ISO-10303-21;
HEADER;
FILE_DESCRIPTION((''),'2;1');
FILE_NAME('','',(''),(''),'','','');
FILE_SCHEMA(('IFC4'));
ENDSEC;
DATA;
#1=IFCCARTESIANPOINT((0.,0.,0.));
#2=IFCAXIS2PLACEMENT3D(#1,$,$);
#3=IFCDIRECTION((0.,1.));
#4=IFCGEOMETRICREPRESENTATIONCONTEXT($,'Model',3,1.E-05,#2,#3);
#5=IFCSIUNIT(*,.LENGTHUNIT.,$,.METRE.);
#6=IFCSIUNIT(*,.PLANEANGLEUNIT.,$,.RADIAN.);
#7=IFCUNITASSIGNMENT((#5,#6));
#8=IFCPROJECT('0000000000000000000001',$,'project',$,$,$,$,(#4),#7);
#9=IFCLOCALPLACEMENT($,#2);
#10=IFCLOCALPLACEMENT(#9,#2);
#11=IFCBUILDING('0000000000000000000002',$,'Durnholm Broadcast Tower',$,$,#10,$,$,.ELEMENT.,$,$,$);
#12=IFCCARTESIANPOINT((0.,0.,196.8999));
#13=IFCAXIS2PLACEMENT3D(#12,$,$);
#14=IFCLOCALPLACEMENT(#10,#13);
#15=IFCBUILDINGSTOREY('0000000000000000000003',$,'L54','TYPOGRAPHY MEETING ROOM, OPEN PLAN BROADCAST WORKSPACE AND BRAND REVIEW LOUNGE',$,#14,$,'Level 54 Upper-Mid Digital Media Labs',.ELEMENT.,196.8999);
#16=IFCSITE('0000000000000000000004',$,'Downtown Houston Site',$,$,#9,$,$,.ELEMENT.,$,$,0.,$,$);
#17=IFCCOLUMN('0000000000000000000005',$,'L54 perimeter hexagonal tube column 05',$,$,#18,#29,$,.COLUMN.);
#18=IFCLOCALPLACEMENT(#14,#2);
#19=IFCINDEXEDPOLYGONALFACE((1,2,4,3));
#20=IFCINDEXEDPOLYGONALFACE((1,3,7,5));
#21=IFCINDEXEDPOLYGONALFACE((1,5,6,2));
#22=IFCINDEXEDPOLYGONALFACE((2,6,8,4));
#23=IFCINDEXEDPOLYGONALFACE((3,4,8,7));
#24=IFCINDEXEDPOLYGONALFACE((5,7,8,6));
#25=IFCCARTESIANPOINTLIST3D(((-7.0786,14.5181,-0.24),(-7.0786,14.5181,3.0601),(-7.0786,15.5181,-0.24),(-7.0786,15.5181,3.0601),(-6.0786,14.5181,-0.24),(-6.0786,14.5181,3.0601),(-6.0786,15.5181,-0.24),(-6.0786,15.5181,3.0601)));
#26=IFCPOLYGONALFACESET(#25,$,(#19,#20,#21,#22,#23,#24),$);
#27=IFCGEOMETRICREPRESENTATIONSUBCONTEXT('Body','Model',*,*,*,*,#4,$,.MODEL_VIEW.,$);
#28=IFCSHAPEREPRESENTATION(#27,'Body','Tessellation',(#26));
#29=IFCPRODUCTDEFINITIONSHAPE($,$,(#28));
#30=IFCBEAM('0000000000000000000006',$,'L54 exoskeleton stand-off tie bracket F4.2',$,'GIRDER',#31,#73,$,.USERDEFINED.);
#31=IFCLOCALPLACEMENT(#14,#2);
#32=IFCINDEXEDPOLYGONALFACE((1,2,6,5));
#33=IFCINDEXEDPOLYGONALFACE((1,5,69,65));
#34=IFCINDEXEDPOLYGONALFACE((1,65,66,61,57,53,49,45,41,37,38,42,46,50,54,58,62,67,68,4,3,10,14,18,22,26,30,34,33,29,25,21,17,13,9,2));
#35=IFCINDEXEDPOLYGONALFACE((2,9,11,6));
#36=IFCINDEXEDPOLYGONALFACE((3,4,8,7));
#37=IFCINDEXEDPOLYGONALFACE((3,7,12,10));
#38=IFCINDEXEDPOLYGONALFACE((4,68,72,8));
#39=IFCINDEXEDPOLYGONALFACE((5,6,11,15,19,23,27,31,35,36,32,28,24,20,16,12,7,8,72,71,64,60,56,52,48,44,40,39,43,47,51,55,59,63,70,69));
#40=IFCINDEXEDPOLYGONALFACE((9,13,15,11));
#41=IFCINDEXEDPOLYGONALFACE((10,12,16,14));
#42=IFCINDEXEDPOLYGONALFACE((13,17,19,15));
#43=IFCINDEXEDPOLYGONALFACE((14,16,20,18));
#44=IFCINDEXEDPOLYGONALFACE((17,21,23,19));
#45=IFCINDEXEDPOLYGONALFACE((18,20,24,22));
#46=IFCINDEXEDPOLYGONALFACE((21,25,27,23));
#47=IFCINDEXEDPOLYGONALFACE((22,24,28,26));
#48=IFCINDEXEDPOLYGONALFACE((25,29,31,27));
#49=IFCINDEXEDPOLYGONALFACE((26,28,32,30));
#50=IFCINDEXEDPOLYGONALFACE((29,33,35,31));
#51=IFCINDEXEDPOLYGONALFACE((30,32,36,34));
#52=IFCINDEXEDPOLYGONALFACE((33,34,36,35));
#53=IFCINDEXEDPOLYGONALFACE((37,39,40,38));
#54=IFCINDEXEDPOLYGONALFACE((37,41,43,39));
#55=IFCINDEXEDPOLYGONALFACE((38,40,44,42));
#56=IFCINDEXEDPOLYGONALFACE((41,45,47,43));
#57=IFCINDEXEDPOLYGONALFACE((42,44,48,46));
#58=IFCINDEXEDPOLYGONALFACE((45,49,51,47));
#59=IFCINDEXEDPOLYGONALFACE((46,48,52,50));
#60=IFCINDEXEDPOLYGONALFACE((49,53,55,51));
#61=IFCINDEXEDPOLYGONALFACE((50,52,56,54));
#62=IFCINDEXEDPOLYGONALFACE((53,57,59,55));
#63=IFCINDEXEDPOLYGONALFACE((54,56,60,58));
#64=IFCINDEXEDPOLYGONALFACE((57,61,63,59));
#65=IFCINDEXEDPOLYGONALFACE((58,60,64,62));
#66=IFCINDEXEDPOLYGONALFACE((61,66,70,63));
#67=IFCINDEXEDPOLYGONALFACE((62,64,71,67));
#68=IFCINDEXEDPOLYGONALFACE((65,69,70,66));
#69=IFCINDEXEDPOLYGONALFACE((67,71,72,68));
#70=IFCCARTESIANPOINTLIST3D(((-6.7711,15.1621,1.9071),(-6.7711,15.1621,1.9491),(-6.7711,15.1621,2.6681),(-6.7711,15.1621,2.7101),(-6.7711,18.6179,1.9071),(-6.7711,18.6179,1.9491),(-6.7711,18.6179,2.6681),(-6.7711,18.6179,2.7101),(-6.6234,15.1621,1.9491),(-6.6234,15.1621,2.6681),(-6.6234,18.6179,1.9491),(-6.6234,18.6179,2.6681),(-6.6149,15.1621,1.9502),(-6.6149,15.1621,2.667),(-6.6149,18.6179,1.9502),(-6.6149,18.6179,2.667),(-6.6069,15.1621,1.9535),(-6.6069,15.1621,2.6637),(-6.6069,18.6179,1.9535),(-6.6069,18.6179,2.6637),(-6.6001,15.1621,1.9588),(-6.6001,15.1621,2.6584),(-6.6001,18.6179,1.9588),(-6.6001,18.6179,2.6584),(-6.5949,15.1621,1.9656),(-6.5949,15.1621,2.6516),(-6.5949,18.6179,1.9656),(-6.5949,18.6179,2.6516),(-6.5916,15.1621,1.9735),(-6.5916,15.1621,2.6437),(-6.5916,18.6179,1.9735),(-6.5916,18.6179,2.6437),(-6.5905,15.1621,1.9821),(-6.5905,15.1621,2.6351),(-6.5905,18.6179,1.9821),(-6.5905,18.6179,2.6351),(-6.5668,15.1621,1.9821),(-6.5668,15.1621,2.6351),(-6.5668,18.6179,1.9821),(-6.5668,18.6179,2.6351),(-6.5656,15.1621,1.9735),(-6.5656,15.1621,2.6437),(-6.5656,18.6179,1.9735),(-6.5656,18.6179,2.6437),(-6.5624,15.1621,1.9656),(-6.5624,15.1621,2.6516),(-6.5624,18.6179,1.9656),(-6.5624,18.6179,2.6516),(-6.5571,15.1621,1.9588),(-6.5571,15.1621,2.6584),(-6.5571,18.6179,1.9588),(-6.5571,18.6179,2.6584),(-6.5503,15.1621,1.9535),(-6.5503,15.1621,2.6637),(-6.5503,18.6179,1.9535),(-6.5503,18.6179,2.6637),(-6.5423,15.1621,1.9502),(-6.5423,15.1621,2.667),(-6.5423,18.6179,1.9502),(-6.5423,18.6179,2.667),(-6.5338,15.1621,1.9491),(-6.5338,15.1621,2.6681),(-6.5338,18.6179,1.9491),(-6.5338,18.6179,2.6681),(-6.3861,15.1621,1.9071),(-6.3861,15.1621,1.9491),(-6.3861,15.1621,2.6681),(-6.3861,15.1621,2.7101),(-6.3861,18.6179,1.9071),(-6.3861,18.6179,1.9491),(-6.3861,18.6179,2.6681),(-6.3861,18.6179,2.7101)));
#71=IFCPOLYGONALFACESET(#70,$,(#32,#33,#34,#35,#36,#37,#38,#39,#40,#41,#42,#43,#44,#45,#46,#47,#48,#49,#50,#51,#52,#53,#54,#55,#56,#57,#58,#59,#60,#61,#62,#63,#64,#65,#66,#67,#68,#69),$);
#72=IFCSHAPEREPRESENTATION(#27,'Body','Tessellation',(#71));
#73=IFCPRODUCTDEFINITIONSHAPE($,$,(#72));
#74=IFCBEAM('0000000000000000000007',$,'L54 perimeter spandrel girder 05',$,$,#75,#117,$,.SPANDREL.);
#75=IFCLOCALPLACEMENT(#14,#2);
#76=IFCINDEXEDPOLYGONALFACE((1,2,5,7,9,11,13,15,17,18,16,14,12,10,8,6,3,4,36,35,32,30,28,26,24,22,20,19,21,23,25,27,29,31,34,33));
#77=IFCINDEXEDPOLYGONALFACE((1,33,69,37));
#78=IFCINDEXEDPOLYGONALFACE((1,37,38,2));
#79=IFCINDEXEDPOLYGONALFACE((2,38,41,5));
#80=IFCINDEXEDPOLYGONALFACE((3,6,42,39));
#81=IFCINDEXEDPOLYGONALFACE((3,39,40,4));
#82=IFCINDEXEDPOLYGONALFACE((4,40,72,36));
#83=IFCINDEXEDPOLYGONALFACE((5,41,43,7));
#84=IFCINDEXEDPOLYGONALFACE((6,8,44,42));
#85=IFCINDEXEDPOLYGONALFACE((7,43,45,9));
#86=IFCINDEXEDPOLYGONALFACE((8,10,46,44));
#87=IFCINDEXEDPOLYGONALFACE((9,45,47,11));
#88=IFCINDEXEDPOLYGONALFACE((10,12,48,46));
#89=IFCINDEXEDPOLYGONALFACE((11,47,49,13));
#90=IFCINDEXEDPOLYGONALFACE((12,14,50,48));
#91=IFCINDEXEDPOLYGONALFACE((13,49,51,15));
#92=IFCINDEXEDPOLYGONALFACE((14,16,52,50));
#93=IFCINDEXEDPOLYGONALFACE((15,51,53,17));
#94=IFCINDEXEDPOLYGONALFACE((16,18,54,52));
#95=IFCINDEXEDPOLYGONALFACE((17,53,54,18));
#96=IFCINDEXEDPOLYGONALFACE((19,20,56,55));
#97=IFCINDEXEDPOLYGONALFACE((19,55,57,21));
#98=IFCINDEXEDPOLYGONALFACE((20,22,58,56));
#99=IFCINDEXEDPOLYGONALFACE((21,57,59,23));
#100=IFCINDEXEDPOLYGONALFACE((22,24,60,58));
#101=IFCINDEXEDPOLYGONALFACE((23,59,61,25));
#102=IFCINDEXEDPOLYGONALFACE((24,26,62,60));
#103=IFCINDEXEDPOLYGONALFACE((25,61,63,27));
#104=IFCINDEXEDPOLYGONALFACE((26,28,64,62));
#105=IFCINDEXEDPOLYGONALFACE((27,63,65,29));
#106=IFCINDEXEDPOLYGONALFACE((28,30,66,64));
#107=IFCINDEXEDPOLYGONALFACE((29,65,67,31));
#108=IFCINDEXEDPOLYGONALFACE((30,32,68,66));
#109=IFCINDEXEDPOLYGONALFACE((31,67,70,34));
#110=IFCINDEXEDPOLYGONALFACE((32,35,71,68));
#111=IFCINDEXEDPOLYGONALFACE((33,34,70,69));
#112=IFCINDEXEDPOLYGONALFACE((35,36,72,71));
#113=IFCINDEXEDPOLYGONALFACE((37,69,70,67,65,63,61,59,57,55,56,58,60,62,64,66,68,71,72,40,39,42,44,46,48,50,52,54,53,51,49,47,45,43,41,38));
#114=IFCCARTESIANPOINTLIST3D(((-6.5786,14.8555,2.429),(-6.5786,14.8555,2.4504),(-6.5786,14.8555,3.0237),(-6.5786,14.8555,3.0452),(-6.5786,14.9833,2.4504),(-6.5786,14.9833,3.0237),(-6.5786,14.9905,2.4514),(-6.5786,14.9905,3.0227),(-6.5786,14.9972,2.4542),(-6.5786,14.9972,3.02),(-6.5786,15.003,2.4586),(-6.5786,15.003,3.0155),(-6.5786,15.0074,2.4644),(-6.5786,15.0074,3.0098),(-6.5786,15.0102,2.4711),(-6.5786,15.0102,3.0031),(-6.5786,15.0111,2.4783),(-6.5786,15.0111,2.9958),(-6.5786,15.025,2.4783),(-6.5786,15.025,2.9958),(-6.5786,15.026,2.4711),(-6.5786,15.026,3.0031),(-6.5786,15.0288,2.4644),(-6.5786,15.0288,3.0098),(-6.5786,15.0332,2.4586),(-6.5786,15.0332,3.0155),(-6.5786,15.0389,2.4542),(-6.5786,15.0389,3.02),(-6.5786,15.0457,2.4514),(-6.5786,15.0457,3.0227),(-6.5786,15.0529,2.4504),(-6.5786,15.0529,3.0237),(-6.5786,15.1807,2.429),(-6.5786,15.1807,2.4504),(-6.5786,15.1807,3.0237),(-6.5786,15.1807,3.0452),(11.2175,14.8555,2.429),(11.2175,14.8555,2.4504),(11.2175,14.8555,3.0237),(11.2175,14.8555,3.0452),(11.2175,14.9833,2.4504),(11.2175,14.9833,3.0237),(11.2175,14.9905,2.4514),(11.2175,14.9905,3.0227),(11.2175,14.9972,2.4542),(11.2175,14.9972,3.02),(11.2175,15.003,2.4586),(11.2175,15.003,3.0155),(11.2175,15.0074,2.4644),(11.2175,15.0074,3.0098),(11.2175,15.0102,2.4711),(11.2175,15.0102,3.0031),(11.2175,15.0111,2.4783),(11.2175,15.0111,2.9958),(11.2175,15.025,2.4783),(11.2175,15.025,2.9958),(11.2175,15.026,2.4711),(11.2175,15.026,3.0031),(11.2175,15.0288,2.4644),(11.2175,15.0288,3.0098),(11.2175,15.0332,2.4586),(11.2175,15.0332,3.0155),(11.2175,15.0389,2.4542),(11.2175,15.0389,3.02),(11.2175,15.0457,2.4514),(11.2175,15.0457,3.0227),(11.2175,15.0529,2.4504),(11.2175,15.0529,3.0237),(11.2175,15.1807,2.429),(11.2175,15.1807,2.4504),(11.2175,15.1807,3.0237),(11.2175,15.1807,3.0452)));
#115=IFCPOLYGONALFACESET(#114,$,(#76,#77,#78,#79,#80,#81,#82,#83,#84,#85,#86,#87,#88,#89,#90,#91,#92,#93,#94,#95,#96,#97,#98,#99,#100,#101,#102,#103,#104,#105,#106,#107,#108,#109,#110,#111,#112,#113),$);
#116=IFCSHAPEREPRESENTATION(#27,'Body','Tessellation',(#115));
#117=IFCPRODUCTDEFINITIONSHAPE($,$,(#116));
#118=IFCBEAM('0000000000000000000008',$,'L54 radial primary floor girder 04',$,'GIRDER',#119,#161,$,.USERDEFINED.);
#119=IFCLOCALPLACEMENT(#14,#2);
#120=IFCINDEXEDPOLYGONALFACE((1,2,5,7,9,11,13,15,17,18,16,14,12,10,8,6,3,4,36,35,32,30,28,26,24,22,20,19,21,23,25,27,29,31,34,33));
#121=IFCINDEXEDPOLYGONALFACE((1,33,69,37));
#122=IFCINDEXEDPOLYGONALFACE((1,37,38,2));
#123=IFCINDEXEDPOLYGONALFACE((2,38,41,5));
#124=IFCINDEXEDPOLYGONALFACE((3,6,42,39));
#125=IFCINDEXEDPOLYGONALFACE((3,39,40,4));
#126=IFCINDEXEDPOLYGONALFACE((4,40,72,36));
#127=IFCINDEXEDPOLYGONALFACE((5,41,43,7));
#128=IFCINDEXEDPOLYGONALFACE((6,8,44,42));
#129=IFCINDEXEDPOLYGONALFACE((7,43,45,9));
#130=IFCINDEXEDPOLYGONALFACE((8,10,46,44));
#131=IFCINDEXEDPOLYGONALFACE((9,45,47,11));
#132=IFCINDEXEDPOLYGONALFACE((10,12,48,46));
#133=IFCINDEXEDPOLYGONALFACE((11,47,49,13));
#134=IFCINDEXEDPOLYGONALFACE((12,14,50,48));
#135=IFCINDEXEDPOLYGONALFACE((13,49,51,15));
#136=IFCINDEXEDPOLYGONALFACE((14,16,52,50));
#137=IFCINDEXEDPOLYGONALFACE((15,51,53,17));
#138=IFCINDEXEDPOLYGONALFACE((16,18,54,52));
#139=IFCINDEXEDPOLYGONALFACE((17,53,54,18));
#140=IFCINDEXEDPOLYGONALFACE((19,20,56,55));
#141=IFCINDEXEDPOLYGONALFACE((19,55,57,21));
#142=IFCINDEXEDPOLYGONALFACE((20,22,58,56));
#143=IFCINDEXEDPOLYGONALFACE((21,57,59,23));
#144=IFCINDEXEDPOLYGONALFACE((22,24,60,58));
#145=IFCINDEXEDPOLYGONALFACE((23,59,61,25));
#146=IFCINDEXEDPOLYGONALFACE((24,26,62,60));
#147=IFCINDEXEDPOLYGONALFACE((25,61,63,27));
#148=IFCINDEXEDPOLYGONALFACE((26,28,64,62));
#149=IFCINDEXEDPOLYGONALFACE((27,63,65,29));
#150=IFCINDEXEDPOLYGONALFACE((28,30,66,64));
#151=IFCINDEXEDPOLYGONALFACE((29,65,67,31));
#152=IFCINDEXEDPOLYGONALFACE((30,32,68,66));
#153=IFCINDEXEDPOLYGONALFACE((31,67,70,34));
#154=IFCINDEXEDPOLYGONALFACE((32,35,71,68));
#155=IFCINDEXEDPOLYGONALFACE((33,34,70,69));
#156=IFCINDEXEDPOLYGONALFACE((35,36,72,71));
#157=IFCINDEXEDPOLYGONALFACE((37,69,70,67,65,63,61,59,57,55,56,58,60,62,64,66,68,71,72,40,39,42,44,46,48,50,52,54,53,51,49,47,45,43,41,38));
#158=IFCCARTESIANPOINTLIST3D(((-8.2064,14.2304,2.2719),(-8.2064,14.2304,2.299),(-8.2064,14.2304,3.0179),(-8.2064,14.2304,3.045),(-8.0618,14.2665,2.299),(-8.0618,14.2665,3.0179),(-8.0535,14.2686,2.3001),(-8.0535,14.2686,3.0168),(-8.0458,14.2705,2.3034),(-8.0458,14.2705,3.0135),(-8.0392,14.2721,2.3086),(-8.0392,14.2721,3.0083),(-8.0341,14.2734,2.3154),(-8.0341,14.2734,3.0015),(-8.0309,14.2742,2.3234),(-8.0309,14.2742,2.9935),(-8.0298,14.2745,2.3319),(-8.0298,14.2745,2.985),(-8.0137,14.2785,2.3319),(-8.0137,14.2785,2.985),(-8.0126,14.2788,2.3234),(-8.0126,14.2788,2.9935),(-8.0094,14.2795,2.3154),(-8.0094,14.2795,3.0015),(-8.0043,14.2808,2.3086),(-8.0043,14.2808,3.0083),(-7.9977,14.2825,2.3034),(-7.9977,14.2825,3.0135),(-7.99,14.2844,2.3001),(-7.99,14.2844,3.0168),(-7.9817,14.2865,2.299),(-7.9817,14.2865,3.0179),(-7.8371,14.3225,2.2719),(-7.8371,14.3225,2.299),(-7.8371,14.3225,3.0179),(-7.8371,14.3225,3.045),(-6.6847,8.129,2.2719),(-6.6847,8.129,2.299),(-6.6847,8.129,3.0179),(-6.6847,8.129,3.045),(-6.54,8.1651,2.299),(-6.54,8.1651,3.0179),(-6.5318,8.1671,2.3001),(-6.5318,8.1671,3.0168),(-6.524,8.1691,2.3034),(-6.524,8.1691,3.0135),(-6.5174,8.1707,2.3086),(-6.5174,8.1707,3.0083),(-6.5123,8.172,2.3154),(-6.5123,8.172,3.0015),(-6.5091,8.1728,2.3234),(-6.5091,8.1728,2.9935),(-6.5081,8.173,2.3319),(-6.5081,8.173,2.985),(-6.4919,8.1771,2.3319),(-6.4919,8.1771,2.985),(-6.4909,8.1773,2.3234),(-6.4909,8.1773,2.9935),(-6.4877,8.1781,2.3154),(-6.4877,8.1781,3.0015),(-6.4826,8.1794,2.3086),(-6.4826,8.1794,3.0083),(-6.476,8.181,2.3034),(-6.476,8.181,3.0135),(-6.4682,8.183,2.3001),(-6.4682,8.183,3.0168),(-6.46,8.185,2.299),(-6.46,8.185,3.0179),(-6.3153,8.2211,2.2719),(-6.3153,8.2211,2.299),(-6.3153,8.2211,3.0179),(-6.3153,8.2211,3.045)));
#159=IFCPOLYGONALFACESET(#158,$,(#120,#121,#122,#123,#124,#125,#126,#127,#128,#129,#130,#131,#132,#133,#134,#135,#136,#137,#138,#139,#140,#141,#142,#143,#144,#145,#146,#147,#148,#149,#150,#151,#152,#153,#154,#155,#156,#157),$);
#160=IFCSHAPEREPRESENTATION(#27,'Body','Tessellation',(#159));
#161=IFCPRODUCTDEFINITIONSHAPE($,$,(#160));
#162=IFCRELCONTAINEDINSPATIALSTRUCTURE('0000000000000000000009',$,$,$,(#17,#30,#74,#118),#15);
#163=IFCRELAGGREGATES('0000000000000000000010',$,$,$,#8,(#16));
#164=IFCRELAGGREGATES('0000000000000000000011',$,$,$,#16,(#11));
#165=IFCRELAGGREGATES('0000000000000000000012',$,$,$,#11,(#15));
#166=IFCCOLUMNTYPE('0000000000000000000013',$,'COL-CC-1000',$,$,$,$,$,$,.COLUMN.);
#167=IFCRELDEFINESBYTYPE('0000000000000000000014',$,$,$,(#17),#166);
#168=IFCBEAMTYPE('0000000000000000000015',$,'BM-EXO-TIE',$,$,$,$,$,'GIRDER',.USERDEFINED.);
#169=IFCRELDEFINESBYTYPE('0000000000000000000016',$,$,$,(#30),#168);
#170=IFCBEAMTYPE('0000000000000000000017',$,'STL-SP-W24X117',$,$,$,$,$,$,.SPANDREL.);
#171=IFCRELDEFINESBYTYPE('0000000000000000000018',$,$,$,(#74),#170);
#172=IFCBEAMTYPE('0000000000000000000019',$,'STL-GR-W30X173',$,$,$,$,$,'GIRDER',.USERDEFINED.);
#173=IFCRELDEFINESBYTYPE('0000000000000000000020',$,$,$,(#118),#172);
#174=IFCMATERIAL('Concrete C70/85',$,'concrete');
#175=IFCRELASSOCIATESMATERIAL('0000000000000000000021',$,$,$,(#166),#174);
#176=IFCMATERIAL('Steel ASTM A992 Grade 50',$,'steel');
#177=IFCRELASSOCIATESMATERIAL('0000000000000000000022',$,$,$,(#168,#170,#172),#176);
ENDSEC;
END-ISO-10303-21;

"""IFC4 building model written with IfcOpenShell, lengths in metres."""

from ifc_helpers import new_model, si_unit, direction, frame, origin, origin_2d, place, context, subcontext, project, spatial, rectangle, i_section, extrude, source, transform, mapped, material, material_profile, profile_set, type_object, type_shapes, element, save


model = new_model("IFC4")

# Units and contexts
model_context = context("Model", 3, precision=1e-05, world=origin(), true_north=direction((0.0, 1.0)))
body_context = subcontext(model_context, "Body", "Model", "MODEL_VIEW")
ifc_project = project(units=[si_unit("LENGTHUNIT", "METRE"), si_unit("PLANEANGLEUNIT", "RADIAN")], contexts=[model_context])

# Site, building, storey
site_placement = place(None, origin())
site = spatial("IfcSite", under=ifc_project, at=site_placement, Name="Downtown Houston Site", CompositionType="ELEMENT", RefElevation=0.0)
building_placement = place(site_placement, origin())
building = spatial("IfcBuilding", under=site, at=building_placement, Name="Durnholm Broadcast Tower", CompositionType="ELEMENT")
storey_placement = place(building_placement, frame((0.0, 0.0, 196.8999)))
storey = spatial("IfcBuildingStorey", under=building, at=storey_placement, Name="L54", Description="TYPOGRAPHY MEETING ROOM, OPEN PLAN BROADCAST WORKSPACE AND BRAND REVIEW LOUNGE", LongName="Level 54 Upper-Mid Digital Media Labs", CompositionType="ELEMENT", Elevation=196.8999)

# Column
ifc_material_1 = material(Name="Concrete C70/85", Category="concrete")
ifc_material_profile_1 = material_profile(ifc_material_1, rectangle(XDim=1.0, YDim=1.0, at=origin_2d()), Name="RC1000X1000")
ifc_profile_set_1 = profile_set([ifc_material_profile_1], Name="Concrete C70/85")
column_type = type_object("IfcColumnType", Name="COL-CC-1000", PredefinedType="COLUMN", material=ifc_profile_set_1)
shared_shape_1 = source(origin(), body_context, "Body", "SweptSolid", [
    extrude(rectangle(XDim=1.0, YDim=1.0, at=origin_2d()), origin(), (0.0, 0.0, 1.0), 3.3),
])
type_shapes(column_type, [shared_shape_1])
column_placement = place(storey_placement, frame((-6.5786, 15.0181, -0.24), z_axis=(0.0, 0.0, 1.0), x_axis=(1.0, 0.0, 0.0)))
element("IfcColumn", 1, at=column_placement, inside=storey, type_object=column_type, Name="L54 perimeter hexagonal tube column 05", PredefinedType="COLUMN", context=body_context, shape_type="MappedRepresentation", body=[
    mapped(shared_shape_1, transform((0.0, 0.0, 0.0), x_axis=(1.0, 0.0, 0.0), y_axis=(0.0, 1.0, 0.0), z_axis=(0.0, 0.0, 1.0), scale=1.0)),
])

# Beams
ifc_material_2 = material(Name="Steel ASTM A992 Grade 50", Category="steel")
ifc_material_profile_2 = material_profile(ifc_material_2, i_section(OverallWidth=0.385, OverallDepth=0.803, WebThickness=0.0237, FlangeThickness=0.042, FilletRadius=0.033, at=origin_2d()), Name="W30X261")
ifc_profile_set_2 = profile_set([ifc_material_profile_2], Name="Steel ASTM A992 Grade 50")
beam_type_1 = type_object("IfcBeamType", Name="BM-EXO-TIE", ElementType="GIRDER", PredefinedType="USERDEFINED", material=ifc_profile_set_2)
shared_shape_2 = source(origin(), body_context, "Body", "SweptSolid", [
    extrude(i_section(OverallWidth=0.385, OverallDepth=0.803, WebThickness=0.0237, FlangeThickness=0.042, FilletRadius=0.033, at=origin_2d()), origin(), (0.0, 0.0, 1.0), 3.4558),
])
type_shapes(beam_type_1, [shared_shape_2])
beam_1_placement = place(storey_placement, frame((-6.5786, 15.1621, 2.3086), z_axis=(0.0, 1.0, 0.0), x_axis=(-1.0, 0.0, 0.0)))
element("IfcBeam", 2, at=beam_1_placement, inside=storey, type_object=beam_type_1, Name="L54 exoskeleton stand-off tie bracket F4.2", ObjectType="GIRDER", PredefinedType="USERDEFINED", context=body_context, shape_type="MappedRepresentation", body=[
    mapped(shared_shape_2, transform((0.0, 0.0, 0.0), x_axis=(1.0, 0.0, 0.0), y_axis=(0.0, 1.0, 0.0), z_axis=(0.0, 0.0, 1.0), scale=1.0)),
])
ifc_material_profile_3 = material_profile(ifc_material_2, i_section(OverallWidth=0.3252, OverallDepth=0.6162, WebThickness=0.0139, FlangeThickness=0.0215, FilletRadius=0.0278, at=origin_2d()), Name="W24X117")
ifc_profile_set_3 = profile_set([ifc_material_profile_3], Name="Steel ASTM A992 Grade 50")
beam_type_2 = type_object("IfcBeamType", Name="STL-SP-W24X117", PredefinedType="SPANDREL", material=ifc_profile_set_3)
shared_shape_3 = source(origin(), body_context, "Body", "SweptSolid", [
    extrude(i_section(OverallWidth=0.3252, OverallDepth=0.6162, WebThickness=0.0139, FlangeThickness=0.0215, FilletRadius=0.0278, at=origin_2d()), origin(), (0.0, 0.0, 1.0), 17.7961),
])
type_shapes(beam_type_2, [shared_shape_3])
beam_2_placement = place(storey_placement, frame((-6.5786, 15.0181, 2.7371), z_axis=(1.0, 0.0, 0.0), x_axis=(0.0, 1.0, 0.0)))
element("IfcBeam", 3, at=beam_2_placement, inside=storey, type_object=beam_type_2, Name="L54 perimeter spandrel girder 05", PredefinedType="SPANDREL", context=body_context, shape_type="MappedRepresentation", body=[
    mapped(shared_shape_3, transform((0.0, 0.0, 0.0), x_axis=(1.0, 0.0, 0.0), y_axis=(0.0, 1.0, 0.0), z_axis=(0.0, 0.0, 1.0), scale=1.0)),
])
ifc_material_profile_4 = material_profile(ifc_material_2, i_section(OverallWidth=0.3806, OverallDepth=0.7732, WebThickness=0.0166, FlangeThickness=0.0271, FilletRadius=0.033, at=origin_2d()), Name="W30X173")
ifc_profile_set_4 = profile_set([ifc_material_profile_4], Name="Steel ASTM A992 Grade 50")
beam_type_3 = type_object("IfcBeamType", Name="STL-GR-W30X173", ElementType="GIRDER", PredefinedType="USERDEFINED", material=ifc_profile_set_4)
shared_shape_4 = source(origin(), body_context, "Body", "SweptSolid", [
    extrude(i_section(OverallWidth=0.3806, OverallDepth=0.7732, WebThickness=0.0166, FlangeThickness=0.0271, FilletRadius=0.033, at=origin_2d()), origin(), (0.0, 0.0, 1.0), 6.2883),
])
beam_3_placement = place(storey_placement, frame((-6.5, 8.175, 2.6584), z_axis=(-0.241997, 0.970277, 0.0), x_axis=(-0.970277, -0.241997, 0.0)))
element("IfcBeam", 4, at=beam_3_placement, inside=storey, type_object=beam_type_3, Name="L54 radial primary floor girder 04", ObjectType="GIRDER", PredefinedType="USERDEFINED", context=body_context, shape_type="MappedRepresentation", body=[
    mapped(shared_shape_4, transform((0.0, 0.0, 0.0), x_axis=(1.0, 0.0, 0.0), y_axis=(0.0, 1.0, 0.0), z_axis=(0.0, 0.0, 1.0), scale=1.0)),
])

save(model, "model.ifc")
